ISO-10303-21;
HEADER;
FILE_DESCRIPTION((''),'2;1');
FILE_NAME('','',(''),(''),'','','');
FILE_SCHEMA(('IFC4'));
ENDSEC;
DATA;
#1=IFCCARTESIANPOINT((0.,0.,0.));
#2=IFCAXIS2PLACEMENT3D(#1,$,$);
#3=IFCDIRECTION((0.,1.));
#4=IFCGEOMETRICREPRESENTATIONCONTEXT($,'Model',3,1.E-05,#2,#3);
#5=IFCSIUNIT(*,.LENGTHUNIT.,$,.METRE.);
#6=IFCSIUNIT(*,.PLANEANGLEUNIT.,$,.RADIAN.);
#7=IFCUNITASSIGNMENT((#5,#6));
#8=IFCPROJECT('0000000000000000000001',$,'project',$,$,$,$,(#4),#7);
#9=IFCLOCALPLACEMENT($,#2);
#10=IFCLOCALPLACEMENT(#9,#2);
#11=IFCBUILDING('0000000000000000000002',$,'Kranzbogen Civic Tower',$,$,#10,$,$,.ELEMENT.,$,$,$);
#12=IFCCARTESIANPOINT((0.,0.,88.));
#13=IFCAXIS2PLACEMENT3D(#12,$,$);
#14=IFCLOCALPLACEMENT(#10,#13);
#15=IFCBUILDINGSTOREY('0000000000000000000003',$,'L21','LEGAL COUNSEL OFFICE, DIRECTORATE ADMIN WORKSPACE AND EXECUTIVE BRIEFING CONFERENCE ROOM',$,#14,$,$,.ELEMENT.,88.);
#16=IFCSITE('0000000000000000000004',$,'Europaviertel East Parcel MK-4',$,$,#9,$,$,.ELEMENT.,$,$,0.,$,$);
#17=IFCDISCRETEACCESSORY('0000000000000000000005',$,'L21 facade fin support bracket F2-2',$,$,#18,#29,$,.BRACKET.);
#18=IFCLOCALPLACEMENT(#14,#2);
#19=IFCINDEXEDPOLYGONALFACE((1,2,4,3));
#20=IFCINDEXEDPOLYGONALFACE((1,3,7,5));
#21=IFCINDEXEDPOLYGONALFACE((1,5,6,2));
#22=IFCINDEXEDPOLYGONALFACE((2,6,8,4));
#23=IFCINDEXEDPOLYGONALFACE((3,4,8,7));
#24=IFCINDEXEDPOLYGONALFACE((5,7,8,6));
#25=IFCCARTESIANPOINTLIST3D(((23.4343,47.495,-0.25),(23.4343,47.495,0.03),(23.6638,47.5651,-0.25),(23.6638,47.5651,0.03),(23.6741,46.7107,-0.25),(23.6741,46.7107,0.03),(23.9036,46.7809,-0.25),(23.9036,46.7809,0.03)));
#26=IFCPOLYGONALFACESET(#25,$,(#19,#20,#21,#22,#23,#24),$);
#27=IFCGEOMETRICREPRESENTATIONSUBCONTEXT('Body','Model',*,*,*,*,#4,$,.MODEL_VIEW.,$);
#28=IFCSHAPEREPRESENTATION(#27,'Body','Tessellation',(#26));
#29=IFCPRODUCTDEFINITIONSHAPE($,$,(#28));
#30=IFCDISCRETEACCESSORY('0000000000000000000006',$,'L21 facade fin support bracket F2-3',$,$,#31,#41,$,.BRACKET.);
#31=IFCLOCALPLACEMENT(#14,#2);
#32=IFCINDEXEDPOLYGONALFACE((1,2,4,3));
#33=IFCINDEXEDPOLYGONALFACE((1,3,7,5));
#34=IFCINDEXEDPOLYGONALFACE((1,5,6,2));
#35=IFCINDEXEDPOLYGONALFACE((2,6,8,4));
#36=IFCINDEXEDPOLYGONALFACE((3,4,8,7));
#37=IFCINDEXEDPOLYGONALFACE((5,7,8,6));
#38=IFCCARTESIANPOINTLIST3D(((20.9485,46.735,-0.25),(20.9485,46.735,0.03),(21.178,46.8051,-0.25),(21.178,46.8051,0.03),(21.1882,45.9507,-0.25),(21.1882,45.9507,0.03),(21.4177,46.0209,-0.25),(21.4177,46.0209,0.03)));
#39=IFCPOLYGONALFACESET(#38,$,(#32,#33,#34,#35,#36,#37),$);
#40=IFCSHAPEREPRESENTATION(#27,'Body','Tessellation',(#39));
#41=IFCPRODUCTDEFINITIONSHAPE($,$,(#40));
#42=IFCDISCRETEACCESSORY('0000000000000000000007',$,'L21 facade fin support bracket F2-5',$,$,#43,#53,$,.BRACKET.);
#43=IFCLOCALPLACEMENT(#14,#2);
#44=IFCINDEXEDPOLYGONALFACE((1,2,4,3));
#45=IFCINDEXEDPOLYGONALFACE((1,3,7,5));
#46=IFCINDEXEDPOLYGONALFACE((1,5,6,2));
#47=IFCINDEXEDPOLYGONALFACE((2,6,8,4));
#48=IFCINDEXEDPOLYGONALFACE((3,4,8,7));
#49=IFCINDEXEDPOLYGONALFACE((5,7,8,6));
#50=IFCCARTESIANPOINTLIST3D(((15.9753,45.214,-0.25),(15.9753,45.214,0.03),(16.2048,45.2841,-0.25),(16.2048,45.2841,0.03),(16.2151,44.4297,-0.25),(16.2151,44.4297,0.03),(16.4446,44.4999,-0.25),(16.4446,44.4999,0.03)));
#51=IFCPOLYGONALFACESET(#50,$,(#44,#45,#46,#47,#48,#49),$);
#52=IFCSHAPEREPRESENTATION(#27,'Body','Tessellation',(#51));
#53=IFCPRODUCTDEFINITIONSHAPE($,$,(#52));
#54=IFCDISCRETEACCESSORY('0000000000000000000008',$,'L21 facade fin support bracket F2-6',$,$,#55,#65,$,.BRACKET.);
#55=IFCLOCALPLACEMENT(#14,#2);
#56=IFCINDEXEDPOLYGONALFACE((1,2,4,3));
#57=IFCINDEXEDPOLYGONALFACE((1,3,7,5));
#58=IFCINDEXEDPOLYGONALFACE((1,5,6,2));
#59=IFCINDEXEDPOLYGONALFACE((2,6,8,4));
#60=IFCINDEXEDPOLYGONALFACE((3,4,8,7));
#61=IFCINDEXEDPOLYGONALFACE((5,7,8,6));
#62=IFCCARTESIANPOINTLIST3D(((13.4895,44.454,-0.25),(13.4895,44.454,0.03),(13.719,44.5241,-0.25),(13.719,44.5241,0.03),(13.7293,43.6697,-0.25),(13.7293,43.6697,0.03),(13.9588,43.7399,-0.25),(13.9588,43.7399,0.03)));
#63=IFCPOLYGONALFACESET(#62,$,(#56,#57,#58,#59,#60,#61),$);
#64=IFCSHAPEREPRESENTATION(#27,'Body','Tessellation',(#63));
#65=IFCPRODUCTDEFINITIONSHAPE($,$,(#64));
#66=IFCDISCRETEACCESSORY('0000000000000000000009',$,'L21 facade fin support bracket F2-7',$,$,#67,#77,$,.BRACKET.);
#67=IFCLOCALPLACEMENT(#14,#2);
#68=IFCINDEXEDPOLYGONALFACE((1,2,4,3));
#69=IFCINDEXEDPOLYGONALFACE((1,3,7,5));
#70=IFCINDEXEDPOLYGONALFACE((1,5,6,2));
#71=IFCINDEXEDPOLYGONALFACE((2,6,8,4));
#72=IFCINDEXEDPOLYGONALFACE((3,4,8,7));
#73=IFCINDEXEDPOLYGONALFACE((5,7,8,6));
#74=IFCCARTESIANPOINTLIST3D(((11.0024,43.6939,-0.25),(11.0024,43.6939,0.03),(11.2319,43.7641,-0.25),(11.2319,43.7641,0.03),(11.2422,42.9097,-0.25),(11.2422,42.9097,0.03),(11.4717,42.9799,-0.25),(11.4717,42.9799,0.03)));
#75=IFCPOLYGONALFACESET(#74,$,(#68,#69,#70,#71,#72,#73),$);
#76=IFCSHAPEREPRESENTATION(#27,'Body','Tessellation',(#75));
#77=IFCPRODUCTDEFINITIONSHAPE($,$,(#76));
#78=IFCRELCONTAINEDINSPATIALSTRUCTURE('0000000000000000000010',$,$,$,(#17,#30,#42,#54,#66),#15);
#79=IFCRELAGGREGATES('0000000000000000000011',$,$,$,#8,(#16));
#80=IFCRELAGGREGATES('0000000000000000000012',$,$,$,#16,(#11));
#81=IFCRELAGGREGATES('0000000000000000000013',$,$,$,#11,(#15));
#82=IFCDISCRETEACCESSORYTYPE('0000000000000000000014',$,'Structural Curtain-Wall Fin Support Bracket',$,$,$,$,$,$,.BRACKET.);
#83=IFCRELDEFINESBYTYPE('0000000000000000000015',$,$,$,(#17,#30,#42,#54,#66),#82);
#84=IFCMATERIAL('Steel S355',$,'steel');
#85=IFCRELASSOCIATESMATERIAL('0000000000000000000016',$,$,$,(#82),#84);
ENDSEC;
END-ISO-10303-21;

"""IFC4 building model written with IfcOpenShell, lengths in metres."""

from ifc_helpers import new_model, si_unit, direction, frame, origin, origin_2d, place, context, subcontext, project, spatial, rectangle, extrude, material, type_object, element, save


model = new_model("IFC4")

# Units and contexts
model_context = context("Model", 3, precision=1e-05, world=origin(), true_north=direction((0.0, 1.0)))
body_context = subcontext(model_context, "Body", "Model", "MODEL_VIEW")
ifc_project = project(units=[si_unit("LENGTHUNIT", "METRE"), si_unit("PLANEANGLEUNIT", "RADIAN")], contexts=[model_context])

# Site, building, storey
site_placement = place(None, origin())
site = spatial("IfcSite", under=ifc_project, at=site_placement, Name="Europaviertel East Parcel MK-4", CompositionType="ELEMENT", RefElevation=0.0)
building_placement = place(site_placement, origin())
building = spatial("IfcBuilding", under=site, at=building_placement, Name="Kranzbogen Civic Tower", CompositionType="ELEMENT")
storey_placement = place(building_placement, frame((0.0, 0.0, 88.0)))
storey = spatial("IfcBuildingStorey", under=building, at=storey_placement, Name="L21", Description="LEGAL COUNSEL OFFICE, DIRECTORATE ADMIN WORKSPACE AND EXECUTIVE BRIEFING CONFERENCE ROOM", CompositionType="ELEMENT", Elevation=88.0)

# Shared definitions
ifc_material_1 = material(Name="Steel S355", Category="steel")

# Discrete accessories
discrete_accessory_type = type_object("IfcDiscreteAccessoryType", Name="Structural Curtain-Wall Fin Support Bracket", PredefinedType="BRACKET", material=ifc_material_1)
for number, where, z_axis, x_axis, name in (
    (1, (23.6689, 47.1379, -0.25), (0.0, 0.0, 1.0), (-0.292372, 0.956305, 0.0), "L21 facade fin support bracket F2-2"),
    (2, (21.1831, 46.3779, -0.25), (0.0, 0.0, 1.0), (-0.292372, 0.956305, 0.0), "L21 facade fin support bracket F2-3"),
    (3, (16.21, 44.8569, -0.25), (0.0, 0.0, 1.0), (-0.292372, 0.956305, 0.0), "L21 facade fin support bracket F2-5"),
    (4, (13.7241, 44.0969, -0.25), (0.0, 0.0, 1.0), (-0.292372, 0.956305, 0.0), "L21 facade fin support bracket F2-6"),
    (5, (11.2371, 43.3369, -0.25), (0.0, 0.0, 1.0), (-0.292372, 0.956305, 0.0), "L21 facade fin support bracket F2-7"),
):
    element("IfcDiscreteAccessory", number, at=place(storey_placement, frame(where, z_axis=z_axis, x_axis=x_axis)), inside=storey, type_object=discrete_accessory_type, Name=name, PredefinedType="BRACKET", context=body_context, shape_type="SweptSolid", body=[
        extrude(rectangle(XDim=0.8201, YDim=0.24, at=origin_2d()), origin(), (0.0, 0.0, 1.0), 0.28),
    ])

save(model, "model.ifc")
